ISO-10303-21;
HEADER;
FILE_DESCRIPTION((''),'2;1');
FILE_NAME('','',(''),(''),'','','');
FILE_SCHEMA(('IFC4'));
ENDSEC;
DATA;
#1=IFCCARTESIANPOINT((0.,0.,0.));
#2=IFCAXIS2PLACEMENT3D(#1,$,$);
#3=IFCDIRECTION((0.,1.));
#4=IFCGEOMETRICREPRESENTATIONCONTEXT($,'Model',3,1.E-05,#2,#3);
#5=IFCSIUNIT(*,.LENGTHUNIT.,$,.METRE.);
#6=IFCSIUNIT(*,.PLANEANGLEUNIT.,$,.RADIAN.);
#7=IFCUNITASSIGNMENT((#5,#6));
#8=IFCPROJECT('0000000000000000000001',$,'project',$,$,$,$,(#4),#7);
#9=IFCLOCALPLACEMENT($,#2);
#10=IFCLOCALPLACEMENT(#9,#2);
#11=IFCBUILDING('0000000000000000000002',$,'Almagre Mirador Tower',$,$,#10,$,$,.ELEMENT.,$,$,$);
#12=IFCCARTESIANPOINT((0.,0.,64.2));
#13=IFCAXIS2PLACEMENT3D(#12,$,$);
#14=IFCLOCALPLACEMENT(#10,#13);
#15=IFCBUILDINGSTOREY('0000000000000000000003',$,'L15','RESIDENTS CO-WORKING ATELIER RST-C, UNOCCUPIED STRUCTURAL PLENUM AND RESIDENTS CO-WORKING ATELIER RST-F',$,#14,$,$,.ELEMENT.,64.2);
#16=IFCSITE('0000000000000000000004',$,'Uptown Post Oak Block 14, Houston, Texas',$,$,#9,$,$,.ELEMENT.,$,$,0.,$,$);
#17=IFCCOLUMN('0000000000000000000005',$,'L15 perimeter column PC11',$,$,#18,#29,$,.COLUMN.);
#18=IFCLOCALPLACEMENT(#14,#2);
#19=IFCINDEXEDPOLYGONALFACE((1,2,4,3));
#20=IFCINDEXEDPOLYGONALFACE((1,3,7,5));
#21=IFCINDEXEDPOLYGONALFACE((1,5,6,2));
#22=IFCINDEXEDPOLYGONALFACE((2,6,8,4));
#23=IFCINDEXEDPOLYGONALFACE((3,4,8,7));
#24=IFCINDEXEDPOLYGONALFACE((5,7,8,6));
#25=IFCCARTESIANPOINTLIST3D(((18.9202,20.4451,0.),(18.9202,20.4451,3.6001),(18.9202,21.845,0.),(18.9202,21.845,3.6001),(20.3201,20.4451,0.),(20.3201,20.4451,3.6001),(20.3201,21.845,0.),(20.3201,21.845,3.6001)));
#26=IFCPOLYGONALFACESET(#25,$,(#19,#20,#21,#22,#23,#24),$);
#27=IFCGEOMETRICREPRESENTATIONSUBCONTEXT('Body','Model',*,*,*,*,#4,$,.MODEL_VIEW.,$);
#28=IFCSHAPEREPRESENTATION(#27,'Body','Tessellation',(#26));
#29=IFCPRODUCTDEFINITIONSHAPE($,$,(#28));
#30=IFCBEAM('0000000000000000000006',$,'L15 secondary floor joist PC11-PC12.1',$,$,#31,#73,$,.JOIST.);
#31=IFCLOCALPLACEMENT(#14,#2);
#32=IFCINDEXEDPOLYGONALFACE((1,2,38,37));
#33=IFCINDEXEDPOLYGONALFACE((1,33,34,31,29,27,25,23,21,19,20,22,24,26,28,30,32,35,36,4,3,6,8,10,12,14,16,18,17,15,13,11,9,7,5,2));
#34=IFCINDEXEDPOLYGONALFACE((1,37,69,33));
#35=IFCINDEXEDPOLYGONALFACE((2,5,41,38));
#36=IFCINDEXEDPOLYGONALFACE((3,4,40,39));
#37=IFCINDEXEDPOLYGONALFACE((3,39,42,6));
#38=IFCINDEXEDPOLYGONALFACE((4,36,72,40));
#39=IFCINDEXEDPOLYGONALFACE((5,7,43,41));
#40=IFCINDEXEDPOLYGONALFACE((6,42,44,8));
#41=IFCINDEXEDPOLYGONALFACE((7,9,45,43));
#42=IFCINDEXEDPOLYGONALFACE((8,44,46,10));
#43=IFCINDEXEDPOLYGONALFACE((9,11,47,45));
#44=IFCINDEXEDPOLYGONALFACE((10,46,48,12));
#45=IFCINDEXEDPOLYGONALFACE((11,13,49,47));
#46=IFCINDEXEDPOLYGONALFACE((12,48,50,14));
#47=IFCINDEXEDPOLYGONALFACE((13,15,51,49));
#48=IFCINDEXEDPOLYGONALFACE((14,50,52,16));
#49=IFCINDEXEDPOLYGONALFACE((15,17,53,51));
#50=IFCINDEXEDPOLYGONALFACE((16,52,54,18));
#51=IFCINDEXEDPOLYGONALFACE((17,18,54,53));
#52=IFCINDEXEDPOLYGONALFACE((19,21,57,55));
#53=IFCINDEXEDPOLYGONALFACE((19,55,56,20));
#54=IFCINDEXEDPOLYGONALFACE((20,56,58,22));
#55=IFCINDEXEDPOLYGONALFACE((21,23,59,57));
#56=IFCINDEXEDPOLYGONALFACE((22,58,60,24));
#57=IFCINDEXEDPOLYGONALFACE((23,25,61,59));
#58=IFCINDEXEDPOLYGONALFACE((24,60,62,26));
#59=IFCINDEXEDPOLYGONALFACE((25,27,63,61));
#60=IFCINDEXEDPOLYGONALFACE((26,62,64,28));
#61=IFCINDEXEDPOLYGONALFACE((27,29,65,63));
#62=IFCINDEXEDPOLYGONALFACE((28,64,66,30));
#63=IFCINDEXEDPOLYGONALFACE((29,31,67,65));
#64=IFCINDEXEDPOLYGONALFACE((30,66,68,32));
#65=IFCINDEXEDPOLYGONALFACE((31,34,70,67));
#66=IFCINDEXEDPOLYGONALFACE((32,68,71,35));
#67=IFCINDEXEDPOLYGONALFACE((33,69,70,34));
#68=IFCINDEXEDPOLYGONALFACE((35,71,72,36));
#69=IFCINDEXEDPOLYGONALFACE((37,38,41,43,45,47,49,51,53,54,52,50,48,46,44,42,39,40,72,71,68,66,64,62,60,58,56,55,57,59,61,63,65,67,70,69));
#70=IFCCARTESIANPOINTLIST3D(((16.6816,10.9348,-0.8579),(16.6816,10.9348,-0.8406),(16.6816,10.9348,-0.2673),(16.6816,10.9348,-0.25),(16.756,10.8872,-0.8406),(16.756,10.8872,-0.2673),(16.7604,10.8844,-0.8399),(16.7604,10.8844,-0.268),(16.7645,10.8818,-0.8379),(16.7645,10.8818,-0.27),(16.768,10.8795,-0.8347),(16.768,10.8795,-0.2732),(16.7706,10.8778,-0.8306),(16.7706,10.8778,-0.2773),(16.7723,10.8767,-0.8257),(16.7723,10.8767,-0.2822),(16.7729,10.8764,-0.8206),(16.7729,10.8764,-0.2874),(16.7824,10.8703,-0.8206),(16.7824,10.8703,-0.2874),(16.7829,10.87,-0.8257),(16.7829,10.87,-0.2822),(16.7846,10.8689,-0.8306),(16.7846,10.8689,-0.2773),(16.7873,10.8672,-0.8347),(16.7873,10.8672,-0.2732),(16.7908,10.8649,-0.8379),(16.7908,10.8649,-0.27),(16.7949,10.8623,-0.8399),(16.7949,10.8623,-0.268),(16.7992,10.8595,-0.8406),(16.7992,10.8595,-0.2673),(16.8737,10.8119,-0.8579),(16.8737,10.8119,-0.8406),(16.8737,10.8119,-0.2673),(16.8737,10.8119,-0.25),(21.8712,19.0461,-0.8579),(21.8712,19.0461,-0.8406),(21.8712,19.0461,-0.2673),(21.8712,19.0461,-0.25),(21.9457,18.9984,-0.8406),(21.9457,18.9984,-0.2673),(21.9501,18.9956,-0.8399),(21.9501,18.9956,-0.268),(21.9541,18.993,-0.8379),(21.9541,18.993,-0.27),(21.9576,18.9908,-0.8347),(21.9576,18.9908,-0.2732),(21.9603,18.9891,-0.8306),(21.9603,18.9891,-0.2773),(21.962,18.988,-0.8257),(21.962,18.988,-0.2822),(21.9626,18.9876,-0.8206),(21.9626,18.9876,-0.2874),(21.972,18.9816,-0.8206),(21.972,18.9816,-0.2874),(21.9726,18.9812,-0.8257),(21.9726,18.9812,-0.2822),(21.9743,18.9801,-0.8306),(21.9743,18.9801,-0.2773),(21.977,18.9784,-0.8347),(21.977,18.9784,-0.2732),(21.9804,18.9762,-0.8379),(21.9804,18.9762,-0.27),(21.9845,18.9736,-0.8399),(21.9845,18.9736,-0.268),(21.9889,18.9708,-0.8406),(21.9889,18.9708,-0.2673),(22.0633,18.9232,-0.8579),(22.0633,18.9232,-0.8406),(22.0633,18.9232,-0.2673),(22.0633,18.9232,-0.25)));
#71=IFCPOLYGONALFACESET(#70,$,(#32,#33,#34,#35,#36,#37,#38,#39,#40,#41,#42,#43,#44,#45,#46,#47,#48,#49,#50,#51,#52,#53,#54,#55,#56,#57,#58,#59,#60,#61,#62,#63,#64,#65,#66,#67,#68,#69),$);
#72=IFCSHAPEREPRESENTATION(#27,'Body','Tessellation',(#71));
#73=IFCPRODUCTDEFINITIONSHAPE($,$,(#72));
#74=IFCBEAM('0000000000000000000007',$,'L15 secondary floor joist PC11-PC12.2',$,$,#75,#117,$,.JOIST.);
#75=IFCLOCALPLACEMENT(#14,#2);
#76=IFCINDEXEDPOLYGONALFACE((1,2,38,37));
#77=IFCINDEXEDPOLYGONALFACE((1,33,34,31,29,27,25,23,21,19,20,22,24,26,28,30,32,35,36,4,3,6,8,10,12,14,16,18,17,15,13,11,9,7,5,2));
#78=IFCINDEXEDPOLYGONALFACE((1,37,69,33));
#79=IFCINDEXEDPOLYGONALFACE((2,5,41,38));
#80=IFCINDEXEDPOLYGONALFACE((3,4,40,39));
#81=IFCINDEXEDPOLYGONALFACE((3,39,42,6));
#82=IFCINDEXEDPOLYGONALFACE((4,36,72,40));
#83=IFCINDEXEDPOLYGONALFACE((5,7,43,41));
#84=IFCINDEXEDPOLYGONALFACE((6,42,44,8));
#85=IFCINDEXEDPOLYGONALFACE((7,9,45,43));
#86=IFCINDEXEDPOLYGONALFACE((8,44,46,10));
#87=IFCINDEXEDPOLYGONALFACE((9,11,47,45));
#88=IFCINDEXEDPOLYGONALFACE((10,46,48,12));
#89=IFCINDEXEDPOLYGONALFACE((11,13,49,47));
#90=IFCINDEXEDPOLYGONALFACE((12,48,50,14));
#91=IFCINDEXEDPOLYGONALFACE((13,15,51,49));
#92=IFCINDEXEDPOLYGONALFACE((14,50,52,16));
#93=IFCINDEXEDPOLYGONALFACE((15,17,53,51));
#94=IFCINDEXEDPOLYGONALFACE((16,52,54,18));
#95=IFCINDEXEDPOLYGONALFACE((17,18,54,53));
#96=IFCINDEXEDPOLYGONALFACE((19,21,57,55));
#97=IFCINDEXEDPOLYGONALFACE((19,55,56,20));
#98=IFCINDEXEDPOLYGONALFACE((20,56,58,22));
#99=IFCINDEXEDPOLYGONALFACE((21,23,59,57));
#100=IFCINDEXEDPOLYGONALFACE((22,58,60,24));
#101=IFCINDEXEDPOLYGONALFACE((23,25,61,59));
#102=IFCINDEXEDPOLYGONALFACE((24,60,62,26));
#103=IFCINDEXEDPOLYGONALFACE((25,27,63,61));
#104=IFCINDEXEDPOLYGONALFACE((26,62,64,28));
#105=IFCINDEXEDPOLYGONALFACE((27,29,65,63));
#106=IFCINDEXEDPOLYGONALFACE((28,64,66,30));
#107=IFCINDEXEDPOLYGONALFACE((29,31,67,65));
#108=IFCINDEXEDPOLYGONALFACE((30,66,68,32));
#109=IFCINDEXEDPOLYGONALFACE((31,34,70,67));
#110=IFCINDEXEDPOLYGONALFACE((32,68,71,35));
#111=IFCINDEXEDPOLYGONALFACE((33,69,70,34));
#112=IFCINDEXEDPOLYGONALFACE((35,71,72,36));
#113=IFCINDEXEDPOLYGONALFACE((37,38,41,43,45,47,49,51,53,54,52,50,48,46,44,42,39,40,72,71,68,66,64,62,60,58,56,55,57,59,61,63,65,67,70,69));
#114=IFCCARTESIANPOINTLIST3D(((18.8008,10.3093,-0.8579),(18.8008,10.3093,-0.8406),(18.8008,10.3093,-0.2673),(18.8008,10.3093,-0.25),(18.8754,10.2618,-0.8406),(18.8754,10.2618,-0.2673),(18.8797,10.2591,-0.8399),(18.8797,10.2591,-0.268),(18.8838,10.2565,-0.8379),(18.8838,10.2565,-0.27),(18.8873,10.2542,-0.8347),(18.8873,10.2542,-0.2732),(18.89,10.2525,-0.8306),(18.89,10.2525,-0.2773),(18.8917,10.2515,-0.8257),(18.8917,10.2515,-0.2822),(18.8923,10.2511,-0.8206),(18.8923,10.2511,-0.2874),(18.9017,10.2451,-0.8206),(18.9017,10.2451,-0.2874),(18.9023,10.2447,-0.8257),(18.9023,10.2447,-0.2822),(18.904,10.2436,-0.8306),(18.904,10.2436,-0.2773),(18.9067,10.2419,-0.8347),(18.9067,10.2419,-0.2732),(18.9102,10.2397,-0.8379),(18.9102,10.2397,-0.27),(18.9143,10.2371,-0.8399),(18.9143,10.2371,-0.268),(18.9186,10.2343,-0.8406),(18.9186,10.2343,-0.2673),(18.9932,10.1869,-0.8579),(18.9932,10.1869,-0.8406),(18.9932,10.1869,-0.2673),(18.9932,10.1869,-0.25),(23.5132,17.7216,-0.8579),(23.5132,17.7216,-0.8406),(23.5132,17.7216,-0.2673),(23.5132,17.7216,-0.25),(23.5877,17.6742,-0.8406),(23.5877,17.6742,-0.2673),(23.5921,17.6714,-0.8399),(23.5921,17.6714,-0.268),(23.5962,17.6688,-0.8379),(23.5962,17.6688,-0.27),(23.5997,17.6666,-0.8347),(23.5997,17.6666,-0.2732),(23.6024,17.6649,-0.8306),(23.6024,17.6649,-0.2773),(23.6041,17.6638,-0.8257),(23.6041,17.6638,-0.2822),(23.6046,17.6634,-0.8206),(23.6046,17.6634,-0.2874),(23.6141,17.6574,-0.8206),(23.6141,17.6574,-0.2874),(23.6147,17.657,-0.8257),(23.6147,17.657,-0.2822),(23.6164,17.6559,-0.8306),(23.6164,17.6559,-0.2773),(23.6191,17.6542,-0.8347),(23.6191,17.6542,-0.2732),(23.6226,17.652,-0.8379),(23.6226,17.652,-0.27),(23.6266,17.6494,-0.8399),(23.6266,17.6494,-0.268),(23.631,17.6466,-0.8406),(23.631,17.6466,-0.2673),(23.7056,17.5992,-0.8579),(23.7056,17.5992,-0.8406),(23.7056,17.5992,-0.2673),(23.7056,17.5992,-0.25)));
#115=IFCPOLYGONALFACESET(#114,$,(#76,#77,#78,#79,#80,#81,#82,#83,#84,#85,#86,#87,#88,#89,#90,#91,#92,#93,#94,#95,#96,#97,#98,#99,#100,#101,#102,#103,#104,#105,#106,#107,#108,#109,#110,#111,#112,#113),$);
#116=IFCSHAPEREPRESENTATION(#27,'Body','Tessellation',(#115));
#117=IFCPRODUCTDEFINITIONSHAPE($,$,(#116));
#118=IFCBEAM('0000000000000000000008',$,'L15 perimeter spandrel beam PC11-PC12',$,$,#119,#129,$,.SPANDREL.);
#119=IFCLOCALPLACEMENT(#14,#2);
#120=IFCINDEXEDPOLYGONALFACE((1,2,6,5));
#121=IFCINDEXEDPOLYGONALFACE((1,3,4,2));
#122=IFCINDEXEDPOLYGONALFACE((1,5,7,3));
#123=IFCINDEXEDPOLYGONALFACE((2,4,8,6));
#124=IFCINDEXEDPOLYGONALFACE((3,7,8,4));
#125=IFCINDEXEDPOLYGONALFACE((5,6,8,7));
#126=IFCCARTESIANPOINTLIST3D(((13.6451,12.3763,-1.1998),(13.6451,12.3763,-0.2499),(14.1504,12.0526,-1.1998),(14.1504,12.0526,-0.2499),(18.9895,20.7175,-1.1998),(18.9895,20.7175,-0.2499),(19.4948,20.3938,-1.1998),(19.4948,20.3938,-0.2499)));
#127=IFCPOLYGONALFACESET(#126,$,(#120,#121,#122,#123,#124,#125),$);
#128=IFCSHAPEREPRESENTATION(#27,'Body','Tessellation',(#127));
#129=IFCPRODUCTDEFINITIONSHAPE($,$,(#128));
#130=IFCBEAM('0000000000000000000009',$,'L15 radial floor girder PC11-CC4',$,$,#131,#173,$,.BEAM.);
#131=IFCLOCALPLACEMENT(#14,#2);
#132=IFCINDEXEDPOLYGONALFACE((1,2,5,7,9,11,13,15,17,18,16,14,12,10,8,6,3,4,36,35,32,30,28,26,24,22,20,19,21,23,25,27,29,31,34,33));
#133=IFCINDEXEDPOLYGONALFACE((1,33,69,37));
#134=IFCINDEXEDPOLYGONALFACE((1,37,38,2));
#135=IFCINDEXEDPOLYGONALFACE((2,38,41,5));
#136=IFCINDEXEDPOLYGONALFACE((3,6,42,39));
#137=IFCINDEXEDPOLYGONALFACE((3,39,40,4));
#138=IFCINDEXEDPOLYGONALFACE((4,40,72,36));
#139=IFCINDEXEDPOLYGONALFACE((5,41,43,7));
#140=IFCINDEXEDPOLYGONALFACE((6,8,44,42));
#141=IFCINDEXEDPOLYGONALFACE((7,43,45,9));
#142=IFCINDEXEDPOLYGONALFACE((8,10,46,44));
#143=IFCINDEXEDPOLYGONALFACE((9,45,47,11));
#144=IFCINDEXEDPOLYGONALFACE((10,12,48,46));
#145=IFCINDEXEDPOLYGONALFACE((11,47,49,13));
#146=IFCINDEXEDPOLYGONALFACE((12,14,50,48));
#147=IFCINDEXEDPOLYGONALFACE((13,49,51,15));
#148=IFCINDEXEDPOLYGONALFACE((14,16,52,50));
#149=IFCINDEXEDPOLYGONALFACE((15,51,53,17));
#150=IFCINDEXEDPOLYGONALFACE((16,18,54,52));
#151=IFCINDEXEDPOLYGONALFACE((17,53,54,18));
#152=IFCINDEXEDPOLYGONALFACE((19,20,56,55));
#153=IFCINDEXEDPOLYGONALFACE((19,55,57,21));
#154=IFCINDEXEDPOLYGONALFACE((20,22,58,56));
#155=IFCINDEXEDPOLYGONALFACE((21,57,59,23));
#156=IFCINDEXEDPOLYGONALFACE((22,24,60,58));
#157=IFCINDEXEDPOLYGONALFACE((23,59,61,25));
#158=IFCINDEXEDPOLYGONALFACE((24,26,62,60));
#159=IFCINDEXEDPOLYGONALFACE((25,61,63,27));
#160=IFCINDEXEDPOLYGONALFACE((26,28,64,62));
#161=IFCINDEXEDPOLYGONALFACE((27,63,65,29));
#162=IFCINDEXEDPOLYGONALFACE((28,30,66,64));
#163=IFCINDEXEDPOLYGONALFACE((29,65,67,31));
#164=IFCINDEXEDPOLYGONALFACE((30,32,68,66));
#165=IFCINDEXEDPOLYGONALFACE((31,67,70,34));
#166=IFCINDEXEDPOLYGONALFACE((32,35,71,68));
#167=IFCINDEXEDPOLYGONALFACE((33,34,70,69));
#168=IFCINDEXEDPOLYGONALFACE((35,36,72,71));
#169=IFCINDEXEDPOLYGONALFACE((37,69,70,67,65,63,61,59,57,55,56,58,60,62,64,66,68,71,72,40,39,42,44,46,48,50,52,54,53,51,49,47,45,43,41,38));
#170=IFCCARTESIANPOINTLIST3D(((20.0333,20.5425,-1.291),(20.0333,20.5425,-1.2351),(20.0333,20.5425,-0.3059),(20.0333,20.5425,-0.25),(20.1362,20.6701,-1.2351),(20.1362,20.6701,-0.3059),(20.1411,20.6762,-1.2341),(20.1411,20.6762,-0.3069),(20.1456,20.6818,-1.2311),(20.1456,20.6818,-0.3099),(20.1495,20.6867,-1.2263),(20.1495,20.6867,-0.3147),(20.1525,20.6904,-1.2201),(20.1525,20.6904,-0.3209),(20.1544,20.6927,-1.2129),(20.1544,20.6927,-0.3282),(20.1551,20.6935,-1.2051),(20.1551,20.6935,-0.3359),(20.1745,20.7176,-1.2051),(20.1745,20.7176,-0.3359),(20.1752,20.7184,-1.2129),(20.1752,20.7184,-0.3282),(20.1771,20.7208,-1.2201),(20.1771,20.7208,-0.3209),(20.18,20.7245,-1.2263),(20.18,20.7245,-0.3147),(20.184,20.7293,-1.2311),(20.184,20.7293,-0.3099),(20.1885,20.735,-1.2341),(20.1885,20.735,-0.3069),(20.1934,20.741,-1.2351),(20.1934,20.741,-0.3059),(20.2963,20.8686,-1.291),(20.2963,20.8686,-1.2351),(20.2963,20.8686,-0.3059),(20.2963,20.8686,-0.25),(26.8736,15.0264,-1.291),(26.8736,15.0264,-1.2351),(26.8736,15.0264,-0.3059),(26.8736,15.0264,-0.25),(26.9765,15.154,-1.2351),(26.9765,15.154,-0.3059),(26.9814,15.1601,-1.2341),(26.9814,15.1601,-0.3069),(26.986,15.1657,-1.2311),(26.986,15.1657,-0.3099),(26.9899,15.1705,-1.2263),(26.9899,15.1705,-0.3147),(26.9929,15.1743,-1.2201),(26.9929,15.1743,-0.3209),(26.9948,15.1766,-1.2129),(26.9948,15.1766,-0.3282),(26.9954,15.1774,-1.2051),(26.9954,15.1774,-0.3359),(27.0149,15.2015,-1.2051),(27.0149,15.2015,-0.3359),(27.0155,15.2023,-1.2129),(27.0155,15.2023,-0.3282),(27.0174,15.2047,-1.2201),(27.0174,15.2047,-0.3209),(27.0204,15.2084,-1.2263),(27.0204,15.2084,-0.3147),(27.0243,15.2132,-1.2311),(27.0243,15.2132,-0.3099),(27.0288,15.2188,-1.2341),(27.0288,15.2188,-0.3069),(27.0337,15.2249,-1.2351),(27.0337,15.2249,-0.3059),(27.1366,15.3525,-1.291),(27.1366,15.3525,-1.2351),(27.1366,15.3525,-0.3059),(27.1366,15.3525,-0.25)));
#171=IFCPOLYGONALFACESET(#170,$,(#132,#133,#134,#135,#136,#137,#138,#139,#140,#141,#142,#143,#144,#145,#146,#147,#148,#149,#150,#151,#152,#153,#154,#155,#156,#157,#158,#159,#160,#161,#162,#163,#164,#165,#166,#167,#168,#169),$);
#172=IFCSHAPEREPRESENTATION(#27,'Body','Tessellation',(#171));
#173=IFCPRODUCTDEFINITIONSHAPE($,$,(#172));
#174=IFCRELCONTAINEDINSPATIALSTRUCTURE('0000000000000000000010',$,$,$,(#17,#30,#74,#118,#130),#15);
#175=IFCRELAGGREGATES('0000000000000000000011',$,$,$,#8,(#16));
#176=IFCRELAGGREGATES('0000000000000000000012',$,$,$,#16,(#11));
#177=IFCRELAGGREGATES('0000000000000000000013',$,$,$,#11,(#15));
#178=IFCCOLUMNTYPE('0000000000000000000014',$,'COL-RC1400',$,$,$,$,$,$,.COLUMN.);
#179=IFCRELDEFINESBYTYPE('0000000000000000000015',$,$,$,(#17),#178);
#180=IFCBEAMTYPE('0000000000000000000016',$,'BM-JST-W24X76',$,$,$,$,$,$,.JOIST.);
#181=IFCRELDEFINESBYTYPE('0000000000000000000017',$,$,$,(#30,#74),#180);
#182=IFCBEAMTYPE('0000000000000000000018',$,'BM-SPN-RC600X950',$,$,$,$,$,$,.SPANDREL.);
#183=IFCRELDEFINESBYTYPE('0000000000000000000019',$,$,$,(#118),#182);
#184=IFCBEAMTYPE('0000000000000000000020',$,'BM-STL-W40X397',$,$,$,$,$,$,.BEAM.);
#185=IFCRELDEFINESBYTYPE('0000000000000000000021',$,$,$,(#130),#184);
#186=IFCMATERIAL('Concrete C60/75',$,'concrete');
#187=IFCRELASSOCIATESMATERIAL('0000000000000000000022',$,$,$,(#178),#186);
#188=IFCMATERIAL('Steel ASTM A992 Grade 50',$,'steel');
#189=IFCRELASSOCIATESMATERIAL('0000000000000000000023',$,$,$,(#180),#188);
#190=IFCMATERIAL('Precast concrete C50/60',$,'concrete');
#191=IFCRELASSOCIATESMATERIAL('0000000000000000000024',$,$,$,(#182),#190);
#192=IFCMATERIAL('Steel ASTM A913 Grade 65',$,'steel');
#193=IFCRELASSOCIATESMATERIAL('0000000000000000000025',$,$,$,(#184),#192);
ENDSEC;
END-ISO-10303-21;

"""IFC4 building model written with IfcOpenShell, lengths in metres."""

from ifc_helpers import new_model, si_unit, direction, frame, origin, origin_2d, place, context, subcontext, project, spatial, rectangle, i_section, extrude, material, material_profile, profile_set, type_object, element, save


model = new_model("IFC4")

# Units and contexts
model_context = context("Model", 3, precision=1e-05, world=origin(), true_north=direction((0.0, 1.0)))
body_context = subcontext(model_context, "Body", "Model", "MODEL_VIEW")
ifc_project = project(units=[si_unit("LENGTHUNIT", "METRE"), si_unit("PLANEANGLEUNIT", "RADIAN")], contexts=[model_context])

# Site, building, storey
site_placement = place(None, origin())
site = spatial("IfcSite", under=ifc_project, at=site_placement, Name="Uptown Post Oak Block 14, Houston, Texas", CompositionType="ELEMENT", RefElevation=0.0)
building_placement = place(site_placement, origin())
building = spatial("IfcBuilding", under=site, at=building_placement, Name="Almagre Mirador Tower", CompositionType="ELEMENT")
storey_placement = place(building_placement, frame((0.0, 0.0, 64.2)))
storey = spatial("IfcBuildingStorey", under=building, at=storey_placement, Name="L15", Description="RESIDENTS CO-WORKING ATELIER RST-C, UNOCCUPIED STRUCTURAL PLENUM AND RESIDENTS CO-WORKING ATELIER RST-F", CompositionType="ELEMENT", Elevation=64.2)

# Column
ifc_material_1 = material(Name="Concrete C60/75", Category="concrete")
ifc_material_profile_1 = material_profile(ifc_material_1, rectangle(XDim=1.3999, YDim=1.3999, at=origin_2d()), Name="RC1400X1400")
ifc_profile_set_1 = profile_set([ifc_material_profile_1], Name="Concrete C60/75")
column_type = type_object("IfcColumnType", Name="COL-RC1400", PredefinedType="COLUMN", material=ifc_profile_set_1)
column_placement = place(storey_placement, frame((19.6201, 21.145, 0.0), z_axis=(0.0, 0.0, 1.0), x_axis=(1.0, 0.0, 0.0)))
element("IfcColumn", 1, at=column_placement, inside=storey, type_object=column_type, Name="L15 perimeter column PC11", PredefinedType="COLUMN", context=body_context, shape_type="SweptSolid", body=[
    extrude(rectangle(XDim=1.3999, YDim=1.3999, at=origin_2d()), origin(), (0.0, 0.0, 1.0), 3.6001),
])

# Beams
ifc_material_2 = material(Name="Steel ASTM A992 Grade 50", Category="steel")
ifc_material_profile_2 = material_profile(ifc_material_2, i_section(OverallWidth=0.228, OverallDepth=0.6079, WebThickness=0.0112, FlangeThickness=0.0173, FilletRadius=0.02, at=origin_2d()), Name="W24X76")
ifc_profile_set_2 = profile_set([ifc_material_profile_2], Name="Steel ASTM A992 Grade 50")
beam_type_1 = type_object("IfcBeamType", Name="BM-JST-W24X76", PredefinedType="JOIST", material=ifc_profile_set_2)
beam_1_placement = place(storey_placement, frame((21.9673, 18.9846, -0.554), z_axis=(-0.538939, -0.842345, 0.0), x_axis=(0.842345, -0.538939, 0.0)))
element("IfcBeam", 2, at=beam_1_placement, inside=storey, type_object=beam_type_1, Name="L15 secondary floor joist PC11-PC12.1", PredefinedType="JOIST", context=body_context, shape_type="SweptSolid", body=[
    extrude(i_section(OverallWidth=0.228, OverallDepth=0.6079, WebThickness=0.0112, FlangeThickness=0.0173, FilletRadius=0.02, at=origin_2d()), origin(), (0.0, 0.0, 1.0), 9.6294),
])
beam_2_placement = place(storey_placement, frame((23.6094, 17.6604, -0.554), z_axis=(-0.536507, -0.843896, 0.0), x_axis=(0.843896, -0.536507, 0.0)))
element("IfcBeam", 3, at=beam_2_placement, inside=storey, type_object=beam_type_1, Name="L15 secondary floor joist PC11-PC12.2", PredefinedType="JOIST", context=body_context, shape_type="SweptSolid", body=[
    extrude(i_section(OverallWidth=0.228, OverallDepth=0.6079, WebThickness=0.0112, FlangeThickness=0.0173, FilletRadius=0.02, at=origin_2d()), origin(), (0.0, 0.0, 1.0), 8.7834),
])
ifc_material_3 = material(Name="Precast concrete C50/60", Category="concrete")
ifc_material_profile_3 = material_profile(ifc_material_3, rectangle(XDim=0.6001, YDim=0.95, at=origin_2d()), Name="RC600X950")
ifc_profile_set_3 = profile_set([ifc_material_profile_3], Name="Precast concrete C50/60")
beam_type_2 = type_object("IfcBeamType", Name="BM-SPN-RC600X950", PredefinedType="SPANDREL", material=ifc_profile_set_3)
beam_3_placement = place(storey_placement, frame((19.2422, 20.5557, -0.7249), z_axis=(-0.539487, -0.841994, 0.0), x_axis=(0.841994, -0.539487, 0.0)))
element("IfcBeam", 4, at=beam_3_placement, inside=storey, type_object=beam_type_2, Name="L15 perimeter spandrel beam PC11-PC12", PredefinedType="SPANDREL", context=body_context, shape_type="SweptSolid", body=[
    extrude(rectangle(XDim=0.6001, YDim=0.95, at=origin_2d()), origin(), (0.0, 0.0, 1.0), 9.9065),
])
ifc_material_4 = material(Name="Steel ASTM A913 Grade 65", Category="steel")
ifc_material_profile_4 = material_profile(ifc_material_4, i_section(OverallWidth=0.4189, OverallDepth=1.041, WebThickness=0.031, FlangeThickness=0.0559, FilletRadius=0.03, at=origin_2d()), Name="W40X397")
ifc_profile_set_4 = profile_set([ifc_material_profile_4], Name="Steel ASTM A913 Grade 65")
beam_type_3 = type_object("IfcBeamType", Name="BM-STL-W40X397", PredefinedType="BEAM", material=ifc_profile_set_4)
beam_4_placement = place(storey_placement, frame((20.1648, 20.7056, -0.7705), z_axis=(0.778429, -0.627733, 0.0), x_axis=(0.627733, 0.778429, 0.0)))
element("IfcBeam", 5, at=beam_4_placement, inside=storey, type_object=beam_type_3, Name="L15 radial floor girder PC11-CC4", PredefinedType="BEAM", context=body_context, shape_type="SweptSolid", body=[
    extrude(i_section(OverallWidth=0.4189, OverallDepth=1.041, WebThickness=0.031, FlangeThickness=0.0559, FilletRadius=0.03, at=origin_2d()), origin(), (0.0, 0.0, 1.0), 8.7874),
])

save(model, "model.ifc")
